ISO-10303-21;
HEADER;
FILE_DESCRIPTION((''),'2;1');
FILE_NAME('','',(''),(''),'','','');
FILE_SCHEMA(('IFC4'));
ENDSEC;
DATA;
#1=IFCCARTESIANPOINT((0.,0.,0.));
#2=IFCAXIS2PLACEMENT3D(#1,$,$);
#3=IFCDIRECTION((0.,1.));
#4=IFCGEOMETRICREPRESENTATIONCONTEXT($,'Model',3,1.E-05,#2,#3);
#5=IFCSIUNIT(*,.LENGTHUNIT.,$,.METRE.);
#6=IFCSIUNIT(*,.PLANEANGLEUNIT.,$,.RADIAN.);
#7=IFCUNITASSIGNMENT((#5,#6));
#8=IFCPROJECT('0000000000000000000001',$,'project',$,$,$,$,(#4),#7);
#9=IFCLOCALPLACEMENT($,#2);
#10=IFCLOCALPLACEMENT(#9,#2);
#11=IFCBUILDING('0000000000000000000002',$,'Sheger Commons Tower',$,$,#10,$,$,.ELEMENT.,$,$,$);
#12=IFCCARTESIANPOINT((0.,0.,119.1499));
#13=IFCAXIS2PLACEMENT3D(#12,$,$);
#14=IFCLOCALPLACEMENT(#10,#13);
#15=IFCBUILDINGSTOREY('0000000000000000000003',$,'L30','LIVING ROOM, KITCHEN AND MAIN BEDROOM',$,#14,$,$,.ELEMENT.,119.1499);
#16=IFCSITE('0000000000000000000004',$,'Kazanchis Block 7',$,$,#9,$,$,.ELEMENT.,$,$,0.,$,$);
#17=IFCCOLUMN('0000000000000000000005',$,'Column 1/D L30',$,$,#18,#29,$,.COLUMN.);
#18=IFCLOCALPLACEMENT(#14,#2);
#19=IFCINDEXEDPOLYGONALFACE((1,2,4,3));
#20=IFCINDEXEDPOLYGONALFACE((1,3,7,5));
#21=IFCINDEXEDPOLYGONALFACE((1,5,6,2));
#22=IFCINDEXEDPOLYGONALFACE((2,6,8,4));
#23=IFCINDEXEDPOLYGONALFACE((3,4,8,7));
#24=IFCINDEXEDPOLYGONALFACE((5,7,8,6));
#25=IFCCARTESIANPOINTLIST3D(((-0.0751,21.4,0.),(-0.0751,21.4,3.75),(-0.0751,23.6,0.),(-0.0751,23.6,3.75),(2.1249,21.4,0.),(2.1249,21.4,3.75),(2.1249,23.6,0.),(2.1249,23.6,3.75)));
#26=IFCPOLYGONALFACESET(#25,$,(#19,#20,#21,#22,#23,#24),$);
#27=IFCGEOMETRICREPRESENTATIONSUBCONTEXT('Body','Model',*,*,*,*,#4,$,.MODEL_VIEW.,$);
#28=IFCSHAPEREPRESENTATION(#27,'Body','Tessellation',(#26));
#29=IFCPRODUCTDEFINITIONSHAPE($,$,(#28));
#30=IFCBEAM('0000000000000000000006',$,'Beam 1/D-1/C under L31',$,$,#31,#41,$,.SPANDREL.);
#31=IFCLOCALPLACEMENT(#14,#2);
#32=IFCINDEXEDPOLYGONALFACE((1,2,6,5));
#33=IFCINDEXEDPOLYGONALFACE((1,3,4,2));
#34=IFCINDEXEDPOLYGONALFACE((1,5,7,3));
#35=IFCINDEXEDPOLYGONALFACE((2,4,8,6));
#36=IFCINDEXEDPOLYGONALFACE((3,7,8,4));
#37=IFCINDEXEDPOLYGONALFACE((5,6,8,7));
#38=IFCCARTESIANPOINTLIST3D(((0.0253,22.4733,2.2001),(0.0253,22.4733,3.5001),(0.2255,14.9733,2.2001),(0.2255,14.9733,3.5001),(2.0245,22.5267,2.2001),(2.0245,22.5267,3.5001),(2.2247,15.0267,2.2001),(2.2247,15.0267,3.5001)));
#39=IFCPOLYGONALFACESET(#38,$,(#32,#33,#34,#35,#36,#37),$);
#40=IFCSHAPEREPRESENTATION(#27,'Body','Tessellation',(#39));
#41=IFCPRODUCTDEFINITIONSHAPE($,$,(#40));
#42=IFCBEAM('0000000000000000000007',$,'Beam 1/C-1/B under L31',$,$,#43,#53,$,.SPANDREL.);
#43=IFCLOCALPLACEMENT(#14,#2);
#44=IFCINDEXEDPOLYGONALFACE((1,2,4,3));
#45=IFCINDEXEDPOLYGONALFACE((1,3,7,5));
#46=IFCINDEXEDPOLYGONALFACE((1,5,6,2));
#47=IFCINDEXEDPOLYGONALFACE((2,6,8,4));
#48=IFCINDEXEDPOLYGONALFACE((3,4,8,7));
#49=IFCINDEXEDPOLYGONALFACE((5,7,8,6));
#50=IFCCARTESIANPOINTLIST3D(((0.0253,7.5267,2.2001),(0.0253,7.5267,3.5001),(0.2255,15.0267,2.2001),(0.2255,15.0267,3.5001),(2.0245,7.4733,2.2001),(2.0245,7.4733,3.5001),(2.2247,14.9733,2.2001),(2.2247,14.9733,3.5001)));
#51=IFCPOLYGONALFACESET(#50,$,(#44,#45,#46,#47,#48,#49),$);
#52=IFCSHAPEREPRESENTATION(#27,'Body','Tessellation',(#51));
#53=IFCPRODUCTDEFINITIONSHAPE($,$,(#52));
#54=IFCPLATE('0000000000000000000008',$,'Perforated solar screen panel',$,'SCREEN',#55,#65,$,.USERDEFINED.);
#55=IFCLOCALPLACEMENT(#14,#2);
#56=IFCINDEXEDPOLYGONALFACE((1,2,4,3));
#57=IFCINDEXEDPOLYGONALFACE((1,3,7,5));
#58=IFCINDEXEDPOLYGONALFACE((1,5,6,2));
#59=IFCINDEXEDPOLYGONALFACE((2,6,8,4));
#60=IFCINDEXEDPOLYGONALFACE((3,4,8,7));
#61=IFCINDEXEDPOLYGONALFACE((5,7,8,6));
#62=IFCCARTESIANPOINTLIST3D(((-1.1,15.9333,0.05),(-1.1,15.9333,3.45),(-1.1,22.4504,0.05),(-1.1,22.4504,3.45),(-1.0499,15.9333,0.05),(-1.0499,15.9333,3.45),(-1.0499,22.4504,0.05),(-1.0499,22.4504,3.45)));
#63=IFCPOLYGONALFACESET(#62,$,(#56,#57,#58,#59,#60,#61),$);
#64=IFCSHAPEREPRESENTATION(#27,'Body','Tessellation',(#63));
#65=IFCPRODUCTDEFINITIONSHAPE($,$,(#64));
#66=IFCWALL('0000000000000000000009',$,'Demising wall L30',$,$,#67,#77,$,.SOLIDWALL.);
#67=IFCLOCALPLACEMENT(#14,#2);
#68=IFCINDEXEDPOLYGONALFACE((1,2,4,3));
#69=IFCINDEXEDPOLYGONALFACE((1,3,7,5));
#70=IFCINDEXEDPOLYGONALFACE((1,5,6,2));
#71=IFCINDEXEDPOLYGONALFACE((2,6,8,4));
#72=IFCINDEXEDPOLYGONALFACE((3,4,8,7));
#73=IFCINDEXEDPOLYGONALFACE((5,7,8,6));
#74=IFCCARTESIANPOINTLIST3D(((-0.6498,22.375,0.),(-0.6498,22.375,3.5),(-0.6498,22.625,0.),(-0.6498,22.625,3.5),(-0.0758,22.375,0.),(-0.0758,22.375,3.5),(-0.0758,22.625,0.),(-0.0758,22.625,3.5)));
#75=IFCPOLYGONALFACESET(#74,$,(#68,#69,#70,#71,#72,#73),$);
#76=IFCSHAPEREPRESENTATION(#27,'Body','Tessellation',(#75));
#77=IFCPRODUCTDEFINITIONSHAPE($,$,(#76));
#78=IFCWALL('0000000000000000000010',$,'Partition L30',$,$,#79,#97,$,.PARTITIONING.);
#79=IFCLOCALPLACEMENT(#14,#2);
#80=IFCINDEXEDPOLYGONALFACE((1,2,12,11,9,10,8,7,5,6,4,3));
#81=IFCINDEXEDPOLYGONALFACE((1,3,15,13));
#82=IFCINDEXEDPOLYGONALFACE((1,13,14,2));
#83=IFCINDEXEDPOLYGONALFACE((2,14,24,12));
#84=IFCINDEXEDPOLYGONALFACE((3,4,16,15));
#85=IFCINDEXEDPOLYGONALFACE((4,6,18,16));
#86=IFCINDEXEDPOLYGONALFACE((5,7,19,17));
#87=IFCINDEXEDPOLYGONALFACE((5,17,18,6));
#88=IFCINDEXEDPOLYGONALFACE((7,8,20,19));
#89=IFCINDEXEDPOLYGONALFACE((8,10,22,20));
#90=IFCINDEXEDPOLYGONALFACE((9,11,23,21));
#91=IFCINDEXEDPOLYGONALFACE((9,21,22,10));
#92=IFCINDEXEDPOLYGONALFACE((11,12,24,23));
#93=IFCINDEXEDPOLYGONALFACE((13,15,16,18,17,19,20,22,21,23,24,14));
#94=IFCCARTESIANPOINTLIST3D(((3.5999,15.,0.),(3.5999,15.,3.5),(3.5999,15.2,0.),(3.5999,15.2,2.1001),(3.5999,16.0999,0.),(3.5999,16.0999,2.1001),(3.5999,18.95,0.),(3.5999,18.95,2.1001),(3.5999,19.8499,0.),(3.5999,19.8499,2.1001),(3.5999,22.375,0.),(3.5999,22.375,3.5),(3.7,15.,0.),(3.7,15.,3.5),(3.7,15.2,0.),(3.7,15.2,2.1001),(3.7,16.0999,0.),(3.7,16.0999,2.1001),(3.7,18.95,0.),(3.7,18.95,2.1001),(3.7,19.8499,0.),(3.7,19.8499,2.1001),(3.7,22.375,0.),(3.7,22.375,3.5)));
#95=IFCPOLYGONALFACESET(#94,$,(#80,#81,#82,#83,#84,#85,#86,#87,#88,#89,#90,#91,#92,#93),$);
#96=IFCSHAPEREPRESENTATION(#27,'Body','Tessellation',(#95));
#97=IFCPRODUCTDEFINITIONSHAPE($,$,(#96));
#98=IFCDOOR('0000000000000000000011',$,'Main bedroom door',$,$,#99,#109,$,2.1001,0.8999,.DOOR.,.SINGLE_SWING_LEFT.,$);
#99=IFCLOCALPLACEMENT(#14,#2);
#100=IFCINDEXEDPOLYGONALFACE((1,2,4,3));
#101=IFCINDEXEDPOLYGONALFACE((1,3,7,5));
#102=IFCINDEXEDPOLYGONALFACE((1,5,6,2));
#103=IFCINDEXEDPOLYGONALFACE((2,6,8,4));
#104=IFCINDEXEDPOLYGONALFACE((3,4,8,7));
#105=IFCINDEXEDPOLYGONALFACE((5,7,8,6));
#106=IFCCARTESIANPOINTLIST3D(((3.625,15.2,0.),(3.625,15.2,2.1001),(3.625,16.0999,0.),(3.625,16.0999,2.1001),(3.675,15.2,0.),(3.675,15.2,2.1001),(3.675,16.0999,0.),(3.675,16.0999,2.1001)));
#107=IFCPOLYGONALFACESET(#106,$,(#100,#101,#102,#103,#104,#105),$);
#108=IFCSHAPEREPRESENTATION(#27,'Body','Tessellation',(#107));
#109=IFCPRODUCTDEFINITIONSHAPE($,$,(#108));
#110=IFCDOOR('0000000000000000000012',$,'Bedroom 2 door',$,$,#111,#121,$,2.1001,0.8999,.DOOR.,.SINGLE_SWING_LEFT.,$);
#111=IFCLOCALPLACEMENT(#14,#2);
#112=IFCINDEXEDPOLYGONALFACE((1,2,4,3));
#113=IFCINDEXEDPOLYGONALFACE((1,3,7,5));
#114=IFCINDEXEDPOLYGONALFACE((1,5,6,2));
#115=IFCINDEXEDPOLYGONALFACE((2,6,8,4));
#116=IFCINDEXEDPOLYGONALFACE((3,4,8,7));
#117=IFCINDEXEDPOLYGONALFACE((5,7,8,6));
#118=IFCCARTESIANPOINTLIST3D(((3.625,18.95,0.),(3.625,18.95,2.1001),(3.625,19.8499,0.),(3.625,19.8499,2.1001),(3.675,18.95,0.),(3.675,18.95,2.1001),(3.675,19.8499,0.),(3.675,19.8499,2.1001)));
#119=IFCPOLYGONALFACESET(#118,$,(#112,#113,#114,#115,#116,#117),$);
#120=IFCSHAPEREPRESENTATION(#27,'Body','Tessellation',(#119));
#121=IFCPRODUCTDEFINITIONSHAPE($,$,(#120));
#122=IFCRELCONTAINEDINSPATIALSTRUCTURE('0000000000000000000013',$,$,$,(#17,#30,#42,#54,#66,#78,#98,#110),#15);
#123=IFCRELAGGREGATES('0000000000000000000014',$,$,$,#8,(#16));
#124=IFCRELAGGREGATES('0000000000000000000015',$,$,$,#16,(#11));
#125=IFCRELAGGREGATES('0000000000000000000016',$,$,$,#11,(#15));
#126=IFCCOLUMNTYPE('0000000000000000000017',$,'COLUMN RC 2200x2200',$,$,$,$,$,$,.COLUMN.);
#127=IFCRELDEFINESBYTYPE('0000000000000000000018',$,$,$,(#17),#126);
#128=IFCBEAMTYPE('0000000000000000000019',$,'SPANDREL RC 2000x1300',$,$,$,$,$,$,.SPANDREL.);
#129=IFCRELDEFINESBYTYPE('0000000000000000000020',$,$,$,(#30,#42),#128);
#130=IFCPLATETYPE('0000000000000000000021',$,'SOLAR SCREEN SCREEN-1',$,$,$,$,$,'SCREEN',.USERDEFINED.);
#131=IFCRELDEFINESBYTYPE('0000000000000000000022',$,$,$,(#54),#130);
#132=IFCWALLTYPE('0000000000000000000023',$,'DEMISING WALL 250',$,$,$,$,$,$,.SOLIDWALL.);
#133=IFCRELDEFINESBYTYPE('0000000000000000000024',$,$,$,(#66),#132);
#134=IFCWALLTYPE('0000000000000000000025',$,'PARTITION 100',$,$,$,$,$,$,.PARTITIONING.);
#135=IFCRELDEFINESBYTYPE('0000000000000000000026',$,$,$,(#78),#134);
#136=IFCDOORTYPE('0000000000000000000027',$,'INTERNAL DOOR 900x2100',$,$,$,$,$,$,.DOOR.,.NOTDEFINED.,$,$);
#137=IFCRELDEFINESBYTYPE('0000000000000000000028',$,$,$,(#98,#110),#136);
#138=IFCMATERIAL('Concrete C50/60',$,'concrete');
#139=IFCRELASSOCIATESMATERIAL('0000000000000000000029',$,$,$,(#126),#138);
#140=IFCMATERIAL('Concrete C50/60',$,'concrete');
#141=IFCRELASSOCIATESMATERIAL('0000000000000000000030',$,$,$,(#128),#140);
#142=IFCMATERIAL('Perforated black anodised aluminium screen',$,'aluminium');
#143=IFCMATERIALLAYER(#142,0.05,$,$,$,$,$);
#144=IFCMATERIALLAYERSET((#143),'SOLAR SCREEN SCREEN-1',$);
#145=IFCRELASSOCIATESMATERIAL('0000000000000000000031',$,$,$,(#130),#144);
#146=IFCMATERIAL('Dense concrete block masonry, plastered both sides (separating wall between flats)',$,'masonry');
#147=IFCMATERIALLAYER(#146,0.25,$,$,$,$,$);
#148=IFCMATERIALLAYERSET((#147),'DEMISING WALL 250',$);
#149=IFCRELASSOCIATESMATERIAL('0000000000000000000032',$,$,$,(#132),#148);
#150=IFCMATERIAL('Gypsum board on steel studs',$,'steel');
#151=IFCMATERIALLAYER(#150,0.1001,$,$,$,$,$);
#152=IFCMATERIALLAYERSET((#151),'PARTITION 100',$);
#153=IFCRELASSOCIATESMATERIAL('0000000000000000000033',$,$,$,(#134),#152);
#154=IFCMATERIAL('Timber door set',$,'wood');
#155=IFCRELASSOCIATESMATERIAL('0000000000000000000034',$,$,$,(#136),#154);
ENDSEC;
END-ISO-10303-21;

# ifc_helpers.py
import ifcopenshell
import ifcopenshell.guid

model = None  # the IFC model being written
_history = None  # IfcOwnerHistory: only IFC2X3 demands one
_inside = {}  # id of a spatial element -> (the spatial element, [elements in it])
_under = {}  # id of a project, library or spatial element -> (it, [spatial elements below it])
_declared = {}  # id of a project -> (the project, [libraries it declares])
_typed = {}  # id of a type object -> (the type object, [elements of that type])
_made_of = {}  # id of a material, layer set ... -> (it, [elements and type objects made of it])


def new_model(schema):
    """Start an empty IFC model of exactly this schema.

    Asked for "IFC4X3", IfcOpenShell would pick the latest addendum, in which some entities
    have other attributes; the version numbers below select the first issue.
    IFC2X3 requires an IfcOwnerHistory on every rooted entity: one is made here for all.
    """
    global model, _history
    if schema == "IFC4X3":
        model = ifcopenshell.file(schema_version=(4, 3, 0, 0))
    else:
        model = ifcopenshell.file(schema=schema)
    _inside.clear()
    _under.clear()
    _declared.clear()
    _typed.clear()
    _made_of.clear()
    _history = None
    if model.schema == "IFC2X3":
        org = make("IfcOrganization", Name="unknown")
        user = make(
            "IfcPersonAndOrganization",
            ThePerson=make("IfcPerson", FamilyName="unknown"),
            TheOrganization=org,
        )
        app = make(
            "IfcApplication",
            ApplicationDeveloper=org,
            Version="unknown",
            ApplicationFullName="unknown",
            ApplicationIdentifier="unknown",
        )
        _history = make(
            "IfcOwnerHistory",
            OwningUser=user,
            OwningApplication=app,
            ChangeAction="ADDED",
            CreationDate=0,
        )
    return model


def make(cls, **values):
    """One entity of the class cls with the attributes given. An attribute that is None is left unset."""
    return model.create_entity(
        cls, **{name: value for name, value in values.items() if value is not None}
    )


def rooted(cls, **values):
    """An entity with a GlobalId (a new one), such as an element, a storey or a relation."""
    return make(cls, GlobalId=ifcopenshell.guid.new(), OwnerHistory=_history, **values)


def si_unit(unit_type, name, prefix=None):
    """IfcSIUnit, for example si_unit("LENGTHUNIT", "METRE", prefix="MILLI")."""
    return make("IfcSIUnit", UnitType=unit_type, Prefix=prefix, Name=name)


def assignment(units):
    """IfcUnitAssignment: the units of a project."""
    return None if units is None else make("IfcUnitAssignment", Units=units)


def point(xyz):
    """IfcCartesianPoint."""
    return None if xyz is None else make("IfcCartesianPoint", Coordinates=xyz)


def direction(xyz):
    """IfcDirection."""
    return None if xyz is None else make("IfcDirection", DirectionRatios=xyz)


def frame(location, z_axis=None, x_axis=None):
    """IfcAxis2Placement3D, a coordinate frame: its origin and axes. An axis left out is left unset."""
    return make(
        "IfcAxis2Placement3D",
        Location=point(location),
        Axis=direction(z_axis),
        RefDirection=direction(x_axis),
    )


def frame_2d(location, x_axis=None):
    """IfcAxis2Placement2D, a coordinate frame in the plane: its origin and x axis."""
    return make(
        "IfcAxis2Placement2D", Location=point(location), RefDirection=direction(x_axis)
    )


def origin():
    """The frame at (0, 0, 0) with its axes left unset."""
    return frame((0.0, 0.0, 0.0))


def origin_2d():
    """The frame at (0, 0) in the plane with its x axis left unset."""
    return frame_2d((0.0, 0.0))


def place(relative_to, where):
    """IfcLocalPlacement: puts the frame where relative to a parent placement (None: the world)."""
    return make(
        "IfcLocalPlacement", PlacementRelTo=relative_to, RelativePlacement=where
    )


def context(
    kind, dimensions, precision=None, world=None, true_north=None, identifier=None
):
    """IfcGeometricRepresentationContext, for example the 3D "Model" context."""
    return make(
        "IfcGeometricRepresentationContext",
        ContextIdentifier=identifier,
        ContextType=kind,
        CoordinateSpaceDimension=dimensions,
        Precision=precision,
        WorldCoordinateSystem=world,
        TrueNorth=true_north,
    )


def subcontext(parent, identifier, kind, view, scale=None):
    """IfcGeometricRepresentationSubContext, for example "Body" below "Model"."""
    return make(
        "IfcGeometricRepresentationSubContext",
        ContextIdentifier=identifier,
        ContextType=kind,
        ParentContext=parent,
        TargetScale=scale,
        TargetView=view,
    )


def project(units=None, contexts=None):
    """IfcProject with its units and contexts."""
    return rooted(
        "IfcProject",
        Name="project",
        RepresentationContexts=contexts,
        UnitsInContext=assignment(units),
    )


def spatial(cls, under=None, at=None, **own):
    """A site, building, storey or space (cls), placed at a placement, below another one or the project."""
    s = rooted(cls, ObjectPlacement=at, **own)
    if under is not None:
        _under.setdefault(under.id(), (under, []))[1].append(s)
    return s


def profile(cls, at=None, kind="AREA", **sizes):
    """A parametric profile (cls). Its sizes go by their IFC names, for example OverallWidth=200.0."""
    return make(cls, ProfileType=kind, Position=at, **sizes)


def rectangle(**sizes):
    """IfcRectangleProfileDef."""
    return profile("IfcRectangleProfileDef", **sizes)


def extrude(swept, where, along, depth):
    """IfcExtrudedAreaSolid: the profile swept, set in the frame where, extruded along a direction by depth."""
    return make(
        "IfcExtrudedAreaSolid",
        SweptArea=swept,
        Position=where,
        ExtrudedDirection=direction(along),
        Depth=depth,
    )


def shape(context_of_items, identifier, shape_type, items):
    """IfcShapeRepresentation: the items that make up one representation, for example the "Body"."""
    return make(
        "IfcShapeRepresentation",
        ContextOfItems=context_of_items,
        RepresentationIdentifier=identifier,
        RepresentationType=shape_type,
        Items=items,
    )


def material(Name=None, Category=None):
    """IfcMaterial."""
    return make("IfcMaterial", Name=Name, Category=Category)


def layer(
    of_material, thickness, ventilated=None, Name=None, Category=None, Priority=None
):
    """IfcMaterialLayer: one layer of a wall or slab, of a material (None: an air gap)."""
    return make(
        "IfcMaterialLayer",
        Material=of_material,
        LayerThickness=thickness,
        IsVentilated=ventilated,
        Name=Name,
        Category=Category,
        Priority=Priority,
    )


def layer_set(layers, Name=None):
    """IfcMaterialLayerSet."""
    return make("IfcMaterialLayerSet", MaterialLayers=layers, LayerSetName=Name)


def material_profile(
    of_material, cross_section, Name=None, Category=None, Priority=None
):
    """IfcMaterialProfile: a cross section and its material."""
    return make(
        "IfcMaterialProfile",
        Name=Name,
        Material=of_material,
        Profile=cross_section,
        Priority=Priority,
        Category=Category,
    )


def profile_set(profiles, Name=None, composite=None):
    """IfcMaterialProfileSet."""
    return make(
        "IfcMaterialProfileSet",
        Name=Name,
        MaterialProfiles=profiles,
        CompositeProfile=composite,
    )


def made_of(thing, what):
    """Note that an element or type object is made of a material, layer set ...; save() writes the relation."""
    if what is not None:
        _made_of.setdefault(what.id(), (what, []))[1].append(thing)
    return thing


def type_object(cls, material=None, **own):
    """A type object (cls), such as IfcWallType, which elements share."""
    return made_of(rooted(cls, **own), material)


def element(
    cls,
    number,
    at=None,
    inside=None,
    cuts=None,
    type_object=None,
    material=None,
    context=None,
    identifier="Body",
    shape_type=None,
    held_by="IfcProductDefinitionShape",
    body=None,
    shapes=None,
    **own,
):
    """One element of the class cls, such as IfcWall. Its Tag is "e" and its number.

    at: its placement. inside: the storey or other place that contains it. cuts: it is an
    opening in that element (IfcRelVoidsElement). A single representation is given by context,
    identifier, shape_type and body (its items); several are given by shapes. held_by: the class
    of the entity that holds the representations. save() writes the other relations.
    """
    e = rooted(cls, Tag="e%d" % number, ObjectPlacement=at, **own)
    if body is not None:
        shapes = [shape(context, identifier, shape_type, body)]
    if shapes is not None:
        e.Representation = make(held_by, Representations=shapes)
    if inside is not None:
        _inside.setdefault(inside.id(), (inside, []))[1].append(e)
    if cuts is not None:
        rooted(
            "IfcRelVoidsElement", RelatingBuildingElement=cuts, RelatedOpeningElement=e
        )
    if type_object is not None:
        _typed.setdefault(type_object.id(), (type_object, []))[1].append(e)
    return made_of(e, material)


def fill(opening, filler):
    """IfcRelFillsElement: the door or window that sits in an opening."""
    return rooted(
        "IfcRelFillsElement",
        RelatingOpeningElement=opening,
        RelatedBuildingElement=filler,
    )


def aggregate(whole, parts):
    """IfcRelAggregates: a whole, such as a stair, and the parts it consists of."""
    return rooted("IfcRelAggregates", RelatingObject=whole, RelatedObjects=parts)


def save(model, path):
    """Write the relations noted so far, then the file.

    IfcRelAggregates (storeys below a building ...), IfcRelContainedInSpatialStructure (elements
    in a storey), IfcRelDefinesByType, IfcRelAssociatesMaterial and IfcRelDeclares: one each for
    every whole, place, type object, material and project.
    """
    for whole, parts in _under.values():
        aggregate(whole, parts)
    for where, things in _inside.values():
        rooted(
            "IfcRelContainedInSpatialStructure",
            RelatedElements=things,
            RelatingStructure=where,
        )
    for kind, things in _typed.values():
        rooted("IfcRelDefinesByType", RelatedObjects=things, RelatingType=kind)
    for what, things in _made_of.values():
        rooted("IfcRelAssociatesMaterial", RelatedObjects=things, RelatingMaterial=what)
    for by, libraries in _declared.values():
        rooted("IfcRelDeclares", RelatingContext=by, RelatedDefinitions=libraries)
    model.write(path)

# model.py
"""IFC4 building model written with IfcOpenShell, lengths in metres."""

from ifc_helpers import new_model, si_unit, direction, frame, frame_2d, origin, origin_2d, place, context, subcontext, project, spatial, rectangle, extrude, material, layer, layer_set, material_profile, profile_set, type_object, element, fill, save


model = new_model("IFC4")

# Units and contexts
model_context = context("Model", 3, precision=1e-05, world=origin(), true_north=direction((0.0, 1.0)))
body_context = subcontext(model_context, "Body", "Model", "MODEL_VIEW")
ifc_project = project(units=[si_unit("LENGTHUNIT", "METRE"), si_unit("PLANEANGLEUNIT", "RADIAN")], contexts=[model_context])

# Site, building, storey
site_placement = place(None, origin())
site = spatial("IfcSite", under=ifc_project, at=site_placement, Name="Kazanchis Block 7", CompositionType="ELEMENT", RefElevation=0.0)
building_placement = place(site_placement, origin())
building = spatial("IfcBuilding", under=site, at=building_placement, Name="Sheger Commons Tower", CompositionType="ELEMENT")
storey_placement = place(building_placement, frame((0.0, 0.0, 119.1499)))
storey = spatial("IfcBuildingStorey", under=building, at=storey_placement, Name="L30", Description="LIVING ROOM, KITCHEN AND MAIN BEDROOM", CompositionType="ELEMENT", Elevation=119.1499)

# Column
ifc_material_1 = material(Name="Concrete C50/60", Category="concrete")
ifc_material_profile_1 = material_profile(ifc_material_1, rectangle(XDim=2.2, YDim=2.2, at=origin_2d()), Name="RC 2200x2200")
ifc_profile_set_1 = profile_set([ifc_material_profile_1], Name="Concrete C50/60")
column_type = type_object("IfcColumnType", Name="COLUMN RC 2200x2200", PredefinedType="COLUMN", material=ifc_profile_set_1)
column_placement = place(storey_placement, frame((1.0249, 22.5, 0.0), z_axis=(0.0, 0.0, 1.0), x_axis=(1.0, 0.0, 0.0)))
element("IfcColumn", 1, at=column_placement, inside=storey, type_object=column_type, Name="Column 1/D L30", PredefinedType="COLUMN", context=body_context, shape_type="SweptSolid", body=[
    extrude(rectangle(XDim=2.2, YDim=2.2, at=origin_2d()), origin(), (0.0, 0.0, 1.0), 3.75),
])

# Beams
ifc_material_2 = material(Name="Concrete C50/60", Category="concrete")
ifc_material_profile_2 = material_profile(ifc_material_2, rectangle(XDim=2.0, YDim=1.3, at=origin_2d()), Name="RC 2000x1300")
ifc_profile_set_2 = profile_set([ifc_material_profile_2], Name="Concrete C50/60")
beam_type = type_object("IfcBeamType", Name="SPANDREL RC 2000x1300", PredefinedType="SPANDREL", material=ifc_profile_set_2)
for number, where, z_axis, x_axis, name in (
    (2, (1.0249, 22.5, 2.8501), (0.026683, -0.999644, 0.0), (0.999644, 0.026683, 0.0), "Beam 1/D-1/C under L31"),
    (3, (1.2251, 15.0, 2.8501), (-0.026683, -0.999644, 0.0), (0.999644, -0.026683, 0.0), "Beam 1/C-1/B under L31"),
):
    element("IfcBeam", number, at=place(storey_placement, frame(where, z_axis=z_axis, x_axis=x_axis)), inside=storey, type_object=beam_type, Name=name, PredefinedType="SPANDREL", context=body_context, shape_type="SweptSolid", body=[
        extrude(rectangle(XDim=2.0, YDim=1.3, at=origin_2d()), origin(), (0.0, 0.0, 1.0), 7.5027),
    ])

# Plate
ifc_material_3 = material(Name="Perforated black anodised aluminium screen", Category="aluminium")
ifc_layer_1 = layer(ifc_material_3, 0.05)
ifc_layer_set_1 = layer_set([ifc_layer_1], Name="SOLAR SCREEN SCREEN-1")
plate_type = type_object("IfcPlateType", Name="SOLAR SCREEN SCREEN-1", ElementType="SCREEN", PredefinedType="USERDEFINED", material=ifc_layer_set_1)
plate_placement = place(storey_placement, frame((-1.075, 19.1919, 0.05), z_axis=(0.0, 0.0, 1.0), x_axis=(0.0, -1.0, 0.0)))
element("IfcPlate", 4, at=plate_placement, inside=storey, type_object=plate_type, Name="Perforated solar screen panel", ObjectType="SCREEN", PredefinedType="USERDEFINED", context=body_context, shape_type="SweptSolid", body=[
    extrude(rectangle(XDim=6.5171, YDim=0.05, at=origin_2d()), origin(), (0.0, 0.0, 1.0), 3.3999),
])

# Wall
ifc_material_4 = material(Name="Dense concrete block masonry, plastered both sides (separating wall between flats)", Category="masonry")
ifc_layer_2 = layer(ifc_material_4, 0.25)
ifc_layer_set_2 = layer_set([ifc_layer_2], Name="DEMISING WALL 250")
wall_type_1 = type_object("IfcWallType", Name="DEMISING WALL 250", PredefinedType="SOLIDWALL", material=ifc_layer_set_2)
wall_1_placement = place(storey_placement, frame((-0.6499, 22.5, 0.0), z_axis=(0.0, 0.0, 1.0), x_axis=(1.0, 0.0, 0.0)))
element("IfcWall", 5, at=wall_1_placement, inside=storey, type_object=wall_type_1, Name="Demising wall L30", PredefinedType="SOLIDWALL", context=body_context, shape_type="SweptSolid", body=[
    extrude(rectangle(XDim=0.574, YDim=0.25, at=frame_2d((0.2871, 0.0))), origin(), (0.0, 0.0, 1.0), 3.5),
])

# Wall, openings, doors
ifc_material_5 = material(Name="Gypsum board on steel studs", Category="steel")
ifc_layer_3 = layer(ifc_material_5, 0.1001)
ifc_layer_set_3 = layer_set([ifc_layer_3], Name="PARTITION 100")
wall_type_2 = type_object("IfcWallType", Name="PARTITION 100", PredefinedType="PARTITIONING", material=ifc_layer_set_3)
wall_2_placement = place(storey_placement, frame((3.6499, 15.0, 0.0), z_axis=(0.0, 0.0, 1.0), x_axis=(0.0, 1.0, 0.0)))
wall_2 = element("IfcWall", 6, at=wall_2_placement, inside=storey, type_object=wall_type_2, Name="Partition L30", PredefinedType="PARTITIONING", context=body_context, shape_type="SweptSolid", body=[
    extrude(rectangle(XDim=7.375, YDim=0.1001, at=frame_2d((3.6875, 0.0))), origin(), (0.0, 0.0, 1.0), 3.5),
])
opening_1_placement = place(wall_2_placement, frame((0.2, 0.0, 0.0)))
opening_1 = element("IfcOpeningElement", 7, at=opening_1_placement, cuts=wall_2, PredefinedType="OPENING", context=body_context, shape_type="SweptSolid", body=[
    extrude(rectangle(XDim=0.8999, YDim=2.1001, at=frame_2d((0.45, 1.05))), frame((0.0, 0.0601, 0.0), z_axis=(0.0, -1.0, 0.0), x_axis=(1.0, 0.0, 0.0)), (0.0, 0.0, 1.0), 0.1201),
])
opening_2_placement = place(wall_2_placement, frame((3.95, 0.0, 0.0)))
opening_2 = element("IfcOpeningElement", 8, at=opening_2_placement, cuts=wall_2, PredefinedType="OPENING", context=body_context, shape_type="SweptSolid", body=[
    extrude(rectangle(XDim=0.8999, YDim=2.1001, at=frame_2d((0.45, 1.05))), frame((0.0, 0.0601, 0.0), z_axis=(0.0, -1.0, 0.0), x_axis=(1.0, 0.0, 0.0)), (0.0, 0.0, 1.0), 0.1201),
])
ifc_material_6 = material(Name="Timber door set", Category="wood")
door_type = type_object("IfcDoorType", Name="INTERNAL DOOR 900x2100", OperationType="NOTDEFINED", PredefinedType="DOOR", material=ifc_material_6)
door_1_placement = place(opening_1_placement, origin())
door_1 = element("IfcDoor", 9, at=door_1_placement, inside=storey, type_object=door_type, Name="Main bedroom door", OperationType="SINGLE_SWING_LEFT", OverallHeight=2.1001, OverallWidth=0.8999, PredefinedType="DOOR", context=body_context, shape_type="SweptSolid", body=[
    extrude(rectangle(XDim=0.8999, YDim=2.1001, at=frame_2d((0.45, 1.05))), frame((0.0, 0.0249, 0.0), z_axis=(0.0, -1.0, 0.0), x_axis=(1.0, 0.0, 0.0)), (0.0, 0.0, 1.0), 0.05),
])
fill(opening_1, door_1)
door_2_placement = place(opening_2_placement, origin())
door_2 = element("IfcDoor", 10, at=door_2_placement, inside=storey, type_object=door_type, Name="Bedroom 2 door", OperationType="SINGLE_SWING_LEFT", OverallHeight=2.1001, OverallWidth=0.8999, PredefinedType="DOOR", context=body_context, shape_type="SweptSolid", body=[
    extrude(rectangle(XDim=0.8999, YDim=2.1001, at=frame_2d((0.45, 1.05))), frame((0.0, 0.0249, 0.0), z_axis=(0.0, -1.0, 0.0), x_axis=(1.0, 0.0, 0.0)), (0.0, 0.0, 1.0), 0.05),
])
fill(opening_2, door_2)

save(model, "model.ifc")
